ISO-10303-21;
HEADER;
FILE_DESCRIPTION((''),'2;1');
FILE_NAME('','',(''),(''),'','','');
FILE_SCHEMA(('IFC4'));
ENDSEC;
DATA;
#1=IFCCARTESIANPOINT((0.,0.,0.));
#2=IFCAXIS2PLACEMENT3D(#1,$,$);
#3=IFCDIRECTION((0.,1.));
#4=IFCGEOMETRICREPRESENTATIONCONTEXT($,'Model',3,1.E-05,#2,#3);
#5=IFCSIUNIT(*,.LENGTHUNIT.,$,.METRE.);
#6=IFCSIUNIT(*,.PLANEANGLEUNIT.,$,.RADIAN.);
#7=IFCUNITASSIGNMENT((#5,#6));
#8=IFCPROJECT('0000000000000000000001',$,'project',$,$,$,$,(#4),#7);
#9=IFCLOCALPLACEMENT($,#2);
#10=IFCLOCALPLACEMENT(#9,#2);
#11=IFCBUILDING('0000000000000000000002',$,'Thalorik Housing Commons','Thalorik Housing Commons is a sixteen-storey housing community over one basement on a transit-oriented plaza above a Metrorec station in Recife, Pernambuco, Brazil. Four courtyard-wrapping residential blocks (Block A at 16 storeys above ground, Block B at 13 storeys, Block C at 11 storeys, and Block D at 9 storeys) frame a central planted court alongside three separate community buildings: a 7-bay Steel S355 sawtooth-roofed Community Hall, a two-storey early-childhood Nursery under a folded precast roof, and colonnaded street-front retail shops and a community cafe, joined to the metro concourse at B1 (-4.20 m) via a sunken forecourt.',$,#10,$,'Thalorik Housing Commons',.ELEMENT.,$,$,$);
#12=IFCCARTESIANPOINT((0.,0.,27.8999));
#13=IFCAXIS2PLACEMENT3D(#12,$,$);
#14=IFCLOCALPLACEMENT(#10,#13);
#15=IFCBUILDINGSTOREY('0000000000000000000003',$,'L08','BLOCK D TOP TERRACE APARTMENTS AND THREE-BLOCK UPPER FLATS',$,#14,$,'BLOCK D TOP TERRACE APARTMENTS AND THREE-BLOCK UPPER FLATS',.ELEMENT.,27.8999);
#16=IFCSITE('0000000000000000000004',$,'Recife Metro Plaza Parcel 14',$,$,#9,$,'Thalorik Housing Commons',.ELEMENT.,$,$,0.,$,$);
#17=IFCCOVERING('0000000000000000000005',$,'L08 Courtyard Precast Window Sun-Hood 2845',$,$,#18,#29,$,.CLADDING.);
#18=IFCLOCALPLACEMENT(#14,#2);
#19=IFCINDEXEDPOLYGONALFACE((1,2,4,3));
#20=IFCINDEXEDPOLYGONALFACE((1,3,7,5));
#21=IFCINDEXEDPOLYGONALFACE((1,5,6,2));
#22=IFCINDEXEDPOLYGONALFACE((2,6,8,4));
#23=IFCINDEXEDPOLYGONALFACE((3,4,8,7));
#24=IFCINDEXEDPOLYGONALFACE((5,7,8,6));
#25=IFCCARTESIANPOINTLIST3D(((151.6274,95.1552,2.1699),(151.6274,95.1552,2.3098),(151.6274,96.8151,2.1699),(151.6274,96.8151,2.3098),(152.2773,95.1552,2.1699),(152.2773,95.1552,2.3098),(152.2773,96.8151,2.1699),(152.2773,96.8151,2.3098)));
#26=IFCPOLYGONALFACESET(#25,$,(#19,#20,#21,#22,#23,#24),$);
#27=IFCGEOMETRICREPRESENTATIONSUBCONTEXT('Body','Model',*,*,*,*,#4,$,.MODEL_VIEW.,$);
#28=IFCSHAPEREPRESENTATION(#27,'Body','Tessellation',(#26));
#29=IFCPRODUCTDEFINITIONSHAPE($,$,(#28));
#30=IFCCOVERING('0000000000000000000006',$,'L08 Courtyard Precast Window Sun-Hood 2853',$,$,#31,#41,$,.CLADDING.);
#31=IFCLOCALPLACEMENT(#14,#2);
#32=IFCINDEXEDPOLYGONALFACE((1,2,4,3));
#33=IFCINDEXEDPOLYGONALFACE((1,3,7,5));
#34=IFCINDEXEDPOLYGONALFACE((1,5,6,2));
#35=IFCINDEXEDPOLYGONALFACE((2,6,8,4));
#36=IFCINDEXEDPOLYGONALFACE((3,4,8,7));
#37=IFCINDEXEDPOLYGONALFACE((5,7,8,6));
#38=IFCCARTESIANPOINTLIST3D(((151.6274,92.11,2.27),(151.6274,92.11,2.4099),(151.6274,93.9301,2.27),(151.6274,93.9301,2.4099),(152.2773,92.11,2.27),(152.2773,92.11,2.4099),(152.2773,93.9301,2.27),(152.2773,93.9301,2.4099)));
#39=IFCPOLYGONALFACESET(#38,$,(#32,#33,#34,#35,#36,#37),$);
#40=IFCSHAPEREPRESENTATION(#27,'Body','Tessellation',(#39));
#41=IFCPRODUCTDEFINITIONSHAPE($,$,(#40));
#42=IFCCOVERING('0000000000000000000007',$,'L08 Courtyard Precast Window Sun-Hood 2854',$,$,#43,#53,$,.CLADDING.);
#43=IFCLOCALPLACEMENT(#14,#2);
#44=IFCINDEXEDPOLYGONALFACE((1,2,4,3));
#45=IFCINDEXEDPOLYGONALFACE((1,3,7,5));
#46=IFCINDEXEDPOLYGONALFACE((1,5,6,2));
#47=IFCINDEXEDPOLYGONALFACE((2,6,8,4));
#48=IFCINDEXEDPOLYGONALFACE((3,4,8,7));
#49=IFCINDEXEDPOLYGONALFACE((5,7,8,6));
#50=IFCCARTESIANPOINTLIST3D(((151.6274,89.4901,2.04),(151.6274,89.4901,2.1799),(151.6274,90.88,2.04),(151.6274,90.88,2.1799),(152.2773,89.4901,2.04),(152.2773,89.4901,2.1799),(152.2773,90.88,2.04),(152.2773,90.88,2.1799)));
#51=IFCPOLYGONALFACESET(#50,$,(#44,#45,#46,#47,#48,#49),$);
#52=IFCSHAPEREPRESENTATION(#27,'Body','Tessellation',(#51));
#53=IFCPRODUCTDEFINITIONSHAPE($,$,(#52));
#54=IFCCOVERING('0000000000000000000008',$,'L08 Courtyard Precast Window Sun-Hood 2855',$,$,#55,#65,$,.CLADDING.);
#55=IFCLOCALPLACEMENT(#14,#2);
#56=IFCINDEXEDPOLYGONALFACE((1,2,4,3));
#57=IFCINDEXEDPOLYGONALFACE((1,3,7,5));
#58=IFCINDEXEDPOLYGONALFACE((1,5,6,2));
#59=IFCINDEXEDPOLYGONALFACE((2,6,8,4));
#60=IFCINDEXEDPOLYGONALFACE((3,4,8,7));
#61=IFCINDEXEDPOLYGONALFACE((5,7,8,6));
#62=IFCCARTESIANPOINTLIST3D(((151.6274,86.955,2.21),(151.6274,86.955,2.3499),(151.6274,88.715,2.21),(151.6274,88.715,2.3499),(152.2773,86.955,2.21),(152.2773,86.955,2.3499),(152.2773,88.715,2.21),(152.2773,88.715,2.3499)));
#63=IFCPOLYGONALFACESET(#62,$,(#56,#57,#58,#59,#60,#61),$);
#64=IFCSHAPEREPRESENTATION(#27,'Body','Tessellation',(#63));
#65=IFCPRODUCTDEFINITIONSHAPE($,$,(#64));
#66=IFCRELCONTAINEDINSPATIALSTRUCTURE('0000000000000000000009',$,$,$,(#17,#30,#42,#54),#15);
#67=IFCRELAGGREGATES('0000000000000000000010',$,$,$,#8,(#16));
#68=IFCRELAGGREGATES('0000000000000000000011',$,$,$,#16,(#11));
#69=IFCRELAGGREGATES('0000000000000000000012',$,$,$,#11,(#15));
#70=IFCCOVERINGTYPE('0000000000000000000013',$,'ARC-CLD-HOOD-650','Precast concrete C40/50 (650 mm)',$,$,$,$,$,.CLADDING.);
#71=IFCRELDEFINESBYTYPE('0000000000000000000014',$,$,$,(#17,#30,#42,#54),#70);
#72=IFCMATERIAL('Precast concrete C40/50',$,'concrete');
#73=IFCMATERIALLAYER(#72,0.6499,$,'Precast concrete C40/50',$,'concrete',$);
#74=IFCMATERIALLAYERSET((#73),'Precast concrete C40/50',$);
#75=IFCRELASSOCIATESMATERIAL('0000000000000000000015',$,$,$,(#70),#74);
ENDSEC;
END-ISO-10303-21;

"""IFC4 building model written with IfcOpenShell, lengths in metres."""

from ifc_helpers import new_model, si_unit, direction, frame, origin, origin_2d, place, context, subcontext, project, spatial, rectangle, extrude, material, layer, layer_set, type_object, element, save


model = new_model("IFC4")

# Units and contexts
model_context = context("Model", 3, precision=1e-05, world=origin(), true_north=direction((0.0, 1.0)))
body_context = subcontext(model_context, "Body", "Model", "MODEL_VIEW")
ifc_project = project(units=[si_unit("LENGTHUNIT", "METRE"), si_unit("PLANEANGLEUNIT", "RADIAN")], contexts=[model_context])

# Site, building, storey
site_placement = place(None, origin())
site = spatial("IfcSite", under=ifc_project, at=site_placement, Name="Recife Metro Plaza Parcel 14", LongName="Thalorik Housing Commons", CompositionType="ELEMENT", RefElevation=0.0)
building_placement = place(site_placement, origin())
building = spatial("IfcBuilding", under=site, at=building_placement, Name="Thalorik Housing Commons", Description="Thalorik Housing Commons is a sixteen-storey housing community over one basement on a transit-oriented plaza above a Metrorec station in Recife, Pernambuco, Brazil. Four courtyard-wrapping residential blocks (Block A at 16 storeys above ground, Block B at 13 storeys, Block C at 11 storeys, and Block D at 9 storeys) frame a central planted court alongside three separate community buildings: a 7-bay Steel S355 sawtooth-roofed Community Hall, a two-storey early-childhood Nursery under a folded precast roof, and colonnaded street-front retail shops and a community cafe, joined to the metro concourse at B1 (-4.20 m) via a sunken forecourt.", LongName="Thalorik Housing Commons", CompositionType="ELEMENT")
storey_placement = place(building_placement, frame((0.0, 0.0, 27.8999)))
storey = spatial("IfcBuildingStorey", under=building, at=storey_placement, Name="L08", Description="BLOCK D TOP TERRACE APARTMENTS AND THREE-BLOCK UPPER FLATS", LongName="BLOCK D TOP TERRACE APARTMENTS AND THREE-BLOCK UPPER FLATS", CompositionType="ELEMENT", Elevation=27.8999)

# Shared definitions
ifc_material_1 = material(Name="Precast concrete C40/50", Category="concrete")

# Coverings
ifc_layer_1 = layer(ifc_material_1, 0.6499, Name="Precast concrete C40/50", Category="concrete")
ifc_layer_set_1 = layer_set([ifc_layer_1], Name="Precast concrete C40/50")
covering_type_1 = type_object("IfcCoveringType", Name="ARC-CLD-HOOD-650", Description="Precast concrete C40/50 (650 mm)", PredefinedType="CLADDING", material=ifc_layer_set_1)
covering_1_placement = place(storey_placement, frame((151.9524, 95.9851, 2.1699), z_axis=(0.0, 0.0, 1.0), x_axis=(0.0, -1.0, 0.0)))
element("IfcCovering", 1, at=covering_1_placement, inside=storey, type_object=covering_type_1, Name="L08 Courtyard Precast Window Sun-Hood 2845", PredefinedType="CLADDING", context=body_context, shape_type="SweptSolid", body=[
    extrude(rectangle(XDim=1.6599, YDim=0.6499, at=origin_2d()), origin(), (0.0, 0.0, 1.0), 0.1399),
])
covering_2_placement = place(storey_placement, frame((151.9524, 93.02, 2.27), z_axis=(0.0, 0.0, 1.0), x_axis=(0.0, -1.0, 0.0)))
element("IfcCovering", 2, at=covering_2_placement, inside=storey, type_object=covering_type_1, Name="L08 Courtyard Precast Window Sun-Hood 2853", PredefinedType="CLADDING", context=body_context, shape_type="SweptSolid", body=[
    extrude(rectangle(XDim=1.8201, YDim=0.6499, at=origin_2d()), origin(), (0.0, 0.0, 1.0), 0.1399),
])
covering_3_placement = place(storey_placement, frame((151.9524, 90.1851, 2.04), z_axis=(0.0, 0.0, 1.0), x_axis=(0.0, -1.0, 0.0)))
element("IfcCovering", 3, at=covering_3_placement, inside=storey, type_object=covering_type_1, Name="L08 Courtyard Precast Window Sun-Hood 2854", PredefinedType="CLADDING", context=body_context, shape_type="SweptSolid", body=[
    extrude(rectangle(XDim=1.3899, YDim=0.6499, at=origin_2d()), origin(), (0.0, 0.0, 1.0), 0.1399),
])
covering_4_placement = place(storey_placement, frame((151.9524, 87.835, 2.21), z_axis=(0.0, 0.0, 1.0), x_axis=(0.0, -1.0, 0.0)))
element("IfcCovering", 4, at=covering_4_placement, inside=storey, type_object=covering_type_1, Name="L08 Courtyard Precast Window Sun-Hood 2855", PredefinedType="CLADDING", context=body_context, shape_type="SweptSolid", body=[
    extrude(rectangle(XDim=1.76, YDim=0.6499, at=origin_2d()), origin(), (0.0, 0.0, 1.0), 0.1399),
])

save(model, "model.ifc")
